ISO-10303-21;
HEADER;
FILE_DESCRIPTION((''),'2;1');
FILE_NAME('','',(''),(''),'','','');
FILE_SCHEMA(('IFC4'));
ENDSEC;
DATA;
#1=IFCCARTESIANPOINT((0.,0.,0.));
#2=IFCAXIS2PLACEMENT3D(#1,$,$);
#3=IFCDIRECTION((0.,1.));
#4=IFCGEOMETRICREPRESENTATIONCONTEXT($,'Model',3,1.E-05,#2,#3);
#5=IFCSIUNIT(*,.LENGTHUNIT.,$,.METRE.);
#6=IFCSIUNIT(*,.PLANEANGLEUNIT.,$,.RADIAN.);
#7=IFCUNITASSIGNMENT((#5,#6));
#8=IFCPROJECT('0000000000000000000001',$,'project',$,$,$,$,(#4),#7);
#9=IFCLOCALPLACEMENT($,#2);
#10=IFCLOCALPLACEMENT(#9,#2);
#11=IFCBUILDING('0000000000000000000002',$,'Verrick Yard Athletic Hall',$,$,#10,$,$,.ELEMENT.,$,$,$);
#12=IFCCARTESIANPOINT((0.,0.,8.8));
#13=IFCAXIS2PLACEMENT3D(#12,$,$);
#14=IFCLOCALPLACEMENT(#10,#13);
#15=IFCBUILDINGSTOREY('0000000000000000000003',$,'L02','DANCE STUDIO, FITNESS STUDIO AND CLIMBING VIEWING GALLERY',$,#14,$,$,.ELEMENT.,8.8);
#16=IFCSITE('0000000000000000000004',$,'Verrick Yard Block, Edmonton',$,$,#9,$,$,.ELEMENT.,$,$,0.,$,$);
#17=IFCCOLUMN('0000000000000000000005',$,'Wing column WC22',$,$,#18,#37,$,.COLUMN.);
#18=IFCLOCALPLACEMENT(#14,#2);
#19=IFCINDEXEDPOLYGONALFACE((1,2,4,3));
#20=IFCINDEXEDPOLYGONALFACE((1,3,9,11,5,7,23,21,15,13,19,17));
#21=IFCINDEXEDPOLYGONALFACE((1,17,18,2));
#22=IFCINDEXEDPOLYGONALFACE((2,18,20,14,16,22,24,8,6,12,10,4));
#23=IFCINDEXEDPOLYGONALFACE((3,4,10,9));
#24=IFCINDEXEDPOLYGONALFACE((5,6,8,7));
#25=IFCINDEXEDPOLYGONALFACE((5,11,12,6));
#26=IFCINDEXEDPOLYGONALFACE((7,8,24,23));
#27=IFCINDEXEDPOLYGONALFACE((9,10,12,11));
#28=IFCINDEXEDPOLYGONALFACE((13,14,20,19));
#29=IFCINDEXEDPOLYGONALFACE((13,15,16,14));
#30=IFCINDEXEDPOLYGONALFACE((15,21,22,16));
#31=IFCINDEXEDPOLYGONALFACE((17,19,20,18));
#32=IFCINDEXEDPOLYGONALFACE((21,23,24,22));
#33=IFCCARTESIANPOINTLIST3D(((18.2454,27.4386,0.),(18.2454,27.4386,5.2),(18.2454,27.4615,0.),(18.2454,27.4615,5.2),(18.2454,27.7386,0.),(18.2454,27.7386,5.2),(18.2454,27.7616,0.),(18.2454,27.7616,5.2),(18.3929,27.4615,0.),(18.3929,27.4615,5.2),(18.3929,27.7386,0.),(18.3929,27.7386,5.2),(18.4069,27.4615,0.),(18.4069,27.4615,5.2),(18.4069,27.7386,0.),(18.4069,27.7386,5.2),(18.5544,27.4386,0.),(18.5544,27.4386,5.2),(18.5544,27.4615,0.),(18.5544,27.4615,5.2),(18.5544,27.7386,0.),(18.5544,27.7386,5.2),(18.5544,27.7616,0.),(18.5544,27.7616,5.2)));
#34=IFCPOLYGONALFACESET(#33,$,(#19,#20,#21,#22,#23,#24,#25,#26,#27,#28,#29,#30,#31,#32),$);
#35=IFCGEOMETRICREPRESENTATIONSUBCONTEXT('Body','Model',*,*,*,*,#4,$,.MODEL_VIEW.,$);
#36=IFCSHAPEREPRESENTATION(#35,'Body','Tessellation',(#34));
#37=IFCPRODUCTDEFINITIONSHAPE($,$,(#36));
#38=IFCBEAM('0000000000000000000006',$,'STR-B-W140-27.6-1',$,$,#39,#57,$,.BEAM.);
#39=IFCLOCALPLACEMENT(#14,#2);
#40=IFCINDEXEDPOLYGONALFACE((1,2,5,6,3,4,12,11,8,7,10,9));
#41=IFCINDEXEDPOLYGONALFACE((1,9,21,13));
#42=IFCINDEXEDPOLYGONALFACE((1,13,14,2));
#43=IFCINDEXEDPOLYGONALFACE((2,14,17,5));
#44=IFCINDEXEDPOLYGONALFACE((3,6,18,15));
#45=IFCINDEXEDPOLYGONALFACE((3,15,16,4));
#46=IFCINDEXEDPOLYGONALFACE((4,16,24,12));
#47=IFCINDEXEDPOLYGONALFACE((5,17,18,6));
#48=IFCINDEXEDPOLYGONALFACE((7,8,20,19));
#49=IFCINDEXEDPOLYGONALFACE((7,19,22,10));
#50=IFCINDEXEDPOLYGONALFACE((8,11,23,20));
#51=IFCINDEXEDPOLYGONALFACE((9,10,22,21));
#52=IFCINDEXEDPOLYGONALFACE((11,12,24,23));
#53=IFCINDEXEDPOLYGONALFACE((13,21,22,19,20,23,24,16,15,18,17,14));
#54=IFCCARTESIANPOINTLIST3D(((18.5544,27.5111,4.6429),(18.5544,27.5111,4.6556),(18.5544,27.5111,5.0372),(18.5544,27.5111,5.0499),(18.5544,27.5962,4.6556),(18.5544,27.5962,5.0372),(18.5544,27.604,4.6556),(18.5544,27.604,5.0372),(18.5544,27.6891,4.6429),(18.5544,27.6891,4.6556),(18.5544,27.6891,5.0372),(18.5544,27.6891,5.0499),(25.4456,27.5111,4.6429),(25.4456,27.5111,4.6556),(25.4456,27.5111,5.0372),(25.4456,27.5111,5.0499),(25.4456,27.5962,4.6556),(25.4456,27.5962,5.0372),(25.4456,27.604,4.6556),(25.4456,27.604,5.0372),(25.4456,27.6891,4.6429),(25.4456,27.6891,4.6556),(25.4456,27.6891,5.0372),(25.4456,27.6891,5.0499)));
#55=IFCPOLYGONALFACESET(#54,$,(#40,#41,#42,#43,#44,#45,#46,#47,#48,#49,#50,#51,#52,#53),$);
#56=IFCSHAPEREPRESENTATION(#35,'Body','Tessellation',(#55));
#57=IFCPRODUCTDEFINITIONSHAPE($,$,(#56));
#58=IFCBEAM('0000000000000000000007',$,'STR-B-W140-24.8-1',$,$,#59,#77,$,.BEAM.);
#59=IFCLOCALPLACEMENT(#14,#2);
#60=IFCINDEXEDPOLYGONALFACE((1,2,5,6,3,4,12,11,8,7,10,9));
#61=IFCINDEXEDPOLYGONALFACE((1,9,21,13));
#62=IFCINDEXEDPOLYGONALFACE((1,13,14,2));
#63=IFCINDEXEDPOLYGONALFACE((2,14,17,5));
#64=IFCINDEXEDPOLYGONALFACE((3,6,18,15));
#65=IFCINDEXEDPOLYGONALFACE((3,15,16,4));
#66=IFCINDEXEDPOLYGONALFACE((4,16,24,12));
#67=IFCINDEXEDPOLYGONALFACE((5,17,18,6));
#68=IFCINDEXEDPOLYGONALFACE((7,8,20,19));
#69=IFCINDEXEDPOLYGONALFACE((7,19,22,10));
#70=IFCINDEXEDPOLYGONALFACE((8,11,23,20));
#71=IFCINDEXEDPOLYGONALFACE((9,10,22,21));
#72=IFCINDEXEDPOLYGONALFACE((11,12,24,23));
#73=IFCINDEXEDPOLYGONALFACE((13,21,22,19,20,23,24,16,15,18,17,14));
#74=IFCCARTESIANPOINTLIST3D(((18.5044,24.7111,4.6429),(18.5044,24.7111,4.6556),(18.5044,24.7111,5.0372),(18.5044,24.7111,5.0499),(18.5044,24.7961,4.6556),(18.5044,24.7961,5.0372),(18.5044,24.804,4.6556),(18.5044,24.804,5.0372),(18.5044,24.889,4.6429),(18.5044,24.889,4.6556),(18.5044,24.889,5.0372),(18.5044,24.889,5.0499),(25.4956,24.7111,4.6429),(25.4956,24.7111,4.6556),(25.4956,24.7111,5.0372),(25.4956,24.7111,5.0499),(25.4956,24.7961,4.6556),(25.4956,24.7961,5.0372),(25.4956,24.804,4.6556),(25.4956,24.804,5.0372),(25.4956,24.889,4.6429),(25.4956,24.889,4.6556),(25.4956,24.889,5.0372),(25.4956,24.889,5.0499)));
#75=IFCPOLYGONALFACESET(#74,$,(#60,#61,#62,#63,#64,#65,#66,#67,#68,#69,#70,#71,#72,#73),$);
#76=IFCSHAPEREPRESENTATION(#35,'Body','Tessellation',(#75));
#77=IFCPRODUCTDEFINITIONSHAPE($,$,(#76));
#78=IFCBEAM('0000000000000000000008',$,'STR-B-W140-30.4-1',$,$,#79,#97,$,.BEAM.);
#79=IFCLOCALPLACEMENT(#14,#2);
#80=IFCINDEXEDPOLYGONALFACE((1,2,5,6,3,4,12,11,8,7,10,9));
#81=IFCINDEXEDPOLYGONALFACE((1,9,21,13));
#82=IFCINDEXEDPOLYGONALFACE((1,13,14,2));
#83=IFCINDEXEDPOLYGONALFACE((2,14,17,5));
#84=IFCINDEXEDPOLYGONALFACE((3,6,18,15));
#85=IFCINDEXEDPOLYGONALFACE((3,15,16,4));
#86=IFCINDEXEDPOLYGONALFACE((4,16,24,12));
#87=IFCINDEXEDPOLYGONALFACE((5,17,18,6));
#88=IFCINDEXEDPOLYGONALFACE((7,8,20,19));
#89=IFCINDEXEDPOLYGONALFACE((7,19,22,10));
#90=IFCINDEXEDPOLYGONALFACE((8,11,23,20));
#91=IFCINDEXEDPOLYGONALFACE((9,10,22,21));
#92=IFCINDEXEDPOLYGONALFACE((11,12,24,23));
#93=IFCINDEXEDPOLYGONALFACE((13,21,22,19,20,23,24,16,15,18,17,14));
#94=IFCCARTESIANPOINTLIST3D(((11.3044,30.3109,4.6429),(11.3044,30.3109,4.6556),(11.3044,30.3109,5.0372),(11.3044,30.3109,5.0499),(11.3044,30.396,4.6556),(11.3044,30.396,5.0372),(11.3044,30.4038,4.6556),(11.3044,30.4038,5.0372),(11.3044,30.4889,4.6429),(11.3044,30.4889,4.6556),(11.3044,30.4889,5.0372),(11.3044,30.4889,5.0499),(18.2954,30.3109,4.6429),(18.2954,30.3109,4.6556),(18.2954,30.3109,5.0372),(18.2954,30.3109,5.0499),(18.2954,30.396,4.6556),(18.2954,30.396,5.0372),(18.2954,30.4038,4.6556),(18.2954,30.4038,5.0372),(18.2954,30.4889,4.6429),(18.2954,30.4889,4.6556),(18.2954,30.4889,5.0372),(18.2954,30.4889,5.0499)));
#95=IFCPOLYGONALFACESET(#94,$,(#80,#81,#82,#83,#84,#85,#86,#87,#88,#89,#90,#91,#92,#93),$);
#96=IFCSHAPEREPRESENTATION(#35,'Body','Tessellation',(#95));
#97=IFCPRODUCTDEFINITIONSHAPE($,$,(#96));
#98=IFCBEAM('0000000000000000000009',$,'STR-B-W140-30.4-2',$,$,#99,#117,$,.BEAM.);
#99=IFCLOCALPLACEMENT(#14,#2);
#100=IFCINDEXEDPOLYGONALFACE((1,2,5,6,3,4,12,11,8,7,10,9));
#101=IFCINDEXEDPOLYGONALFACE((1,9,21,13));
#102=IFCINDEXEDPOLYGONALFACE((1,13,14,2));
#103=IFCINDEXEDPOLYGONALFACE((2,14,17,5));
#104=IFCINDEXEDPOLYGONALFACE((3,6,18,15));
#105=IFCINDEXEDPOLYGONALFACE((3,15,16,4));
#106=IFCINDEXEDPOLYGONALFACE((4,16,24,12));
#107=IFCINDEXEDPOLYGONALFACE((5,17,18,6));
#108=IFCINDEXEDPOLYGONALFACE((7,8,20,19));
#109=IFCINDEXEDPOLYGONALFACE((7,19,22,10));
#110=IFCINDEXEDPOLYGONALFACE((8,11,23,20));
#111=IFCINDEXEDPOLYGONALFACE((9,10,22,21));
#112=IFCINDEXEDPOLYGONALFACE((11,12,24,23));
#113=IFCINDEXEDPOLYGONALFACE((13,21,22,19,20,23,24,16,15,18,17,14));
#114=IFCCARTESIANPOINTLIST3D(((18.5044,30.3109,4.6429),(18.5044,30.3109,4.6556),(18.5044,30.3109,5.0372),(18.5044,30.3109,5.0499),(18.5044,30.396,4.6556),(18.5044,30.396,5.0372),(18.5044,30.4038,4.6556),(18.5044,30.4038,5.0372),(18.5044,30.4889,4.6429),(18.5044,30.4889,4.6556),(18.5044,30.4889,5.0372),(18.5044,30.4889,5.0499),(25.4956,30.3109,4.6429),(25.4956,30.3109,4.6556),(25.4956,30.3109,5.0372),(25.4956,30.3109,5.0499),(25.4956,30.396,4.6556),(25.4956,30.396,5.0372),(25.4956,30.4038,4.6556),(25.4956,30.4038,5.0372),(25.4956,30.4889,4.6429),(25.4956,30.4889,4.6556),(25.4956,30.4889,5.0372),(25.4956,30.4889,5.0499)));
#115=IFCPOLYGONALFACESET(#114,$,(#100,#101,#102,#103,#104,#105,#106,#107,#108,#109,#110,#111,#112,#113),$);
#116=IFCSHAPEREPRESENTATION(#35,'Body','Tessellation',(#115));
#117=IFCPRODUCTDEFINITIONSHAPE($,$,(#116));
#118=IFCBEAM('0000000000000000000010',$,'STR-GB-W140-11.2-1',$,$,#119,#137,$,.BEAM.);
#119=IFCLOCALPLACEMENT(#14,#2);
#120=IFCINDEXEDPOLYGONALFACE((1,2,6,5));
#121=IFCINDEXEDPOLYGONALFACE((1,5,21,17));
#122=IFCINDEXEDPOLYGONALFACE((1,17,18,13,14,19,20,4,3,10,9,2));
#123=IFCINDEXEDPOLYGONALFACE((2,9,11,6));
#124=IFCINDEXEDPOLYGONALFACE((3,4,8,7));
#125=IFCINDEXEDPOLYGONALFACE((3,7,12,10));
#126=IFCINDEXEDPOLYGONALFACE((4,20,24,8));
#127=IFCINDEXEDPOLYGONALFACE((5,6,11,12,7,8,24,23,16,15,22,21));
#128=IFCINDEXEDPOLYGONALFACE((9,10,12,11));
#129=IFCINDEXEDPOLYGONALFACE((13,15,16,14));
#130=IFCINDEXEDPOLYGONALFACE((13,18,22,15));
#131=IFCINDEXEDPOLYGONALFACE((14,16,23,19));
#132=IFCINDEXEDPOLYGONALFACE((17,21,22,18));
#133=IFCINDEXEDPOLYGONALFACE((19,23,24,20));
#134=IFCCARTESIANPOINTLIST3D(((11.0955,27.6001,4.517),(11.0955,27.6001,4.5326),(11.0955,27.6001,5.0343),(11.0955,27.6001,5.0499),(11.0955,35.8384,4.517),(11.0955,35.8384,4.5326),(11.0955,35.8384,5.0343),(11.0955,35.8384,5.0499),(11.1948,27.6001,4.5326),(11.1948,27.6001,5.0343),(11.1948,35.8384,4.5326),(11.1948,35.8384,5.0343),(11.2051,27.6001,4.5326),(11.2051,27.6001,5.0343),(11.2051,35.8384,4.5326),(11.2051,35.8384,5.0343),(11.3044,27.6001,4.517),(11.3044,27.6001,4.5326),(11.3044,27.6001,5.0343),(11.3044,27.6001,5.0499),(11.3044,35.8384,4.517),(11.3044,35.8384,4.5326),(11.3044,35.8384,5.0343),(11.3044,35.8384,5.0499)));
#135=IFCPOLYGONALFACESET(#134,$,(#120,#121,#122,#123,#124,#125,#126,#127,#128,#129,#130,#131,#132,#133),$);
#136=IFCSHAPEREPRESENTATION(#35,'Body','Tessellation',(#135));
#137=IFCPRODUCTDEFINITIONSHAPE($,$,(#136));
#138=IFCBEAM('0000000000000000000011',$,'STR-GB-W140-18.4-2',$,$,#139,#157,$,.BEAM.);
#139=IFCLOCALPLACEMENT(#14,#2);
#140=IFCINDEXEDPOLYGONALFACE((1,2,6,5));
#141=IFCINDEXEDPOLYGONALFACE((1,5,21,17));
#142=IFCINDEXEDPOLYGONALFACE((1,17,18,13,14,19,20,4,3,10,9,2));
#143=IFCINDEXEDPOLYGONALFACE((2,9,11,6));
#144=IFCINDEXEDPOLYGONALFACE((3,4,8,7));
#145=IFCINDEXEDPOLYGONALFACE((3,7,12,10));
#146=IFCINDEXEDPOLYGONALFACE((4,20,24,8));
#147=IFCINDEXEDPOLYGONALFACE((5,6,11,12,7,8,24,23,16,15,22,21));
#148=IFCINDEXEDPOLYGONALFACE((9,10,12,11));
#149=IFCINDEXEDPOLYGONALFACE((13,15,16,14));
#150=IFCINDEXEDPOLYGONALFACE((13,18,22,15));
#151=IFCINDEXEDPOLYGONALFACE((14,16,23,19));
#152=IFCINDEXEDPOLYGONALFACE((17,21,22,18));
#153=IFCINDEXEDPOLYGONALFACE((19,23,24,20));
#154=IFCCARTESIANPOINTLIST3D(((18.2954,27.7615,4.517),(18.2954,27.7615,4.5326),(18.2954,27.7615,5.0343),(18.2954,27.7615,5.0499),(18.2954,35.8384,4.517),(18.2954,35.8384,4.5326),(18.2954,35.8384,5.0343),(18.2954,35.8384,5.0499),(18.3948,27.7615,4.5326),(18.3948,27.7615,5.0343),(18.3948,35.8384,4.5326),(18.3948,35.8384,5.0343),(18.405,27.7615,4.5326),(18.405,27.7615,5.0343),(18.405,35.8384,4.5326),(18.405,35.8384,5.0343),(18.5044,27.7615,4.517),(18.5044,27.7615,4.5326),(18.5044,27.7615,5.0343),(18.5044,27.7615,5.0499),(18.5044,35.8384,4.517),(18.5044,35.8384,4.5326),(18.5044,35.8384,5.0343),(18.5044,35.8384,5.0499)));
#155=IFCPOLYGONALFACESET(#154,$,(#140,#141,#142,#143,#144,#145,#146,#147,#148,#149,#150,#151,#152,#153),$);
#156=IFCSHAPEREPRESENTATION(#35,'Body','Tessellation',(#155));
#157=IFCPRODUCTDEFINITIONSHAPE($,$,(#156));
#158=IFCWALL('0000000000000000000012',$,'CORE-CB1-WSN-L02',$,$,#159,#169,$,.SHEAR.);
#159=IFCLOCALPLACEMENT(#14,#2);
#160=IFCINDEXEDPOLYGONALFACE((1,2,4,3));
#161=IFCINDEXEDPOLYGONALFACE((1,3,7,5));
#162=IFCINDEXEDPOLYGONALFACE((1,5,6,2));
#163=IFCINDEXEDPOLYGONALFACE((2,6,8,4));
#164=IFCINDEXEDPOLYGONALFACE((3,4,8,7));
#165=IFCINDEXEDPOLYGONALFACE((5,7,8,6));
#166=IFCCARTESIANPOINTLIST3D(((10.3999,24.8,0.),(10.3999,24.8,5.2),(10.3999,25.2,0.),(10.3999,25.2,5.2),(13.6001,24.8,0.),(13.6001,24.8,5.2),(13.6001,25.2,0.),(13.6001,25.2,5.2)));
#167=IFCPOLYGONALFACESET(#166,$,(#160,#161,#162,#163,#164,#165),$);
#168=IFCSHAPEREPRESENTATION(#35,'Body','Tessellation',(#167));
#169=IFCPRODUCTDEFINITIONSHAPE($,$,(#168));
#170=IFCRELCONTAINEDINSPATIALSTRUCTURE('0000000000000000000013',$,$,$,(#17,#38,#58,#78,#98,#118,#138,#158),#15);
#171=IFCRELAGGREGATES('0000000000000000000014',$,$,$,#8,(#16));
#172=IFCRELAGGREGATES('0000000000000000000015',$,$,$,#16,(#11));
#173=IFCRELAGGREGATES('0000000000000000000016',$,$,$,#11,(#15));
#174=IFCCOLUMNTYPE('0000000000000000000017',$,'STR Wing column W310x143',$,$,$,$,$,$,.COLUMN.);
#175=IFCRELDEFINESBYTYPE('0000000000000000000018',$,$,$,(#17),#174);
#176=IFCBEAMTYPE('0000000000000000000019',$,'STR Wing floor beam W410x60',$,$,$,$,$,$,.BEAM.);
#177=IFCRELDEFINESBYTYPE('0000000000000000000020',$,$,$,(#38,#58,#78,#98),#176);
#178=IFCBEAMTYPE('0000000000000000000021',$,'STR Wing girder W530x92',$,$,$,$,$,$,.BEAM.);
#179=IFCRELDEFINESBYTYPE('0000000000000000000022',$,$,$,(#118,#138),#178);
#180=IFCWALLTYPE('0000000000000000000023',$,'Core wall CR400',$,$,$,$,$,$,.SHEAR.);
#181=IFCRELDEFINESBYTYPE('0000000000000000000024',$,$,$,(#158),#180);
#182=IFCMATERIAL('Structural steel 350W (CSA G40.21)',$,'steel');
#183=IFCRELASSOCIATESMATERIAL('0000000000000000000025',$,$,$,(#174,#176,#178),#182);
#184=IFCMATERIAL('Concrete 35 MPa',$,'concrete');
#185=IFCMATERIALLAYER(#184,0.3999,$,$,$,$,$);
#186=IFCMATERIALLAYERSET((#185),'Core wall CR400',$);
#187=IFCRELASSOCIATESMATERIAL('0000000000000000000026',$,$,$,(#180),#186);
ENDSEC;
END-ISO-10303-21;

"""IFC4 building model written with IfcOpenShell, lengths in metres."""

from ifc_helpers import new_model, si_unit, direction, frame, frame_2d, origin, origin_2d, place, context, subcontext, project, spatial, rectangle, i_section, extrude, material, layer, layer_set, material_profile, profile_set, type_object, element, save


model = new_model("IFC4")

# Units and contexts
model_context = context("Model", 3, precision=1e-05, world=origin(), true_north=direction((0.0, 1.0)))
body_context = subcontext(model_context, "Body", "Model", "MODEL_VIEW")
ifc_project = project(units=[si_unit("LENGTHUNIT", "METRE"), si_unit("PLANEANGLEUNIT", "RADIAN")], contexts=[model_context])

# Site, building, storey
site_placement = place(None, origin())
site = spatial("IfcSite", under=ifc_project, at=site_placement, Name="Verrick Yard Block, Edmonton", CompositionType="ELEMENT", RefElevation=0.0)
building_placement = place(site_placement, origin())
building = spatial("IfcBuilding", under=site, at=building_placement, Name="Verrick Yard Athletic Hall", CompositionType="ELEMENT")
storey_placement = place(building_placement, frame((0.0, 0.0, 8.8)))
storey = spatial("IfcBuildingStorey", under=building, at=storey_placement, Name="L02", Description="DANCE STUDIO, FITNESS STUDIO AND CLIMBING VIEWING GALLERY", CompositionType="ELEMENT", Elevation=8.8)

# Column
ifc_material_1 = material(Name="Structural steel 350W (CSA G40.21)", Category="steel")
ifc_material_profile_1 = material_profile(ifc_material_1, i_section(OverallWidth=0.3091, OverallDepth=0.323, WebThickness=0.0139, FlangeThickness=0.0229, at=origin_2d()), Name="W310x143")
ifc_profile_set_1 = profile_set([ifc_material_profile_1], Name="Structural steel 350W (CSA G40.21)")
column_type = type_object("IfcColumnType", Name="STR Wing column W310x143", PredefinedType="COLUMN", material=ifc_profile_set_1)
column_placement = place(storey_placement, frame((18.3999, 27.6001, 0.0), z_axis=(0.0, 0.0, 1.0), x_axis=(1.0, 0.0, 0.0)))
element("IfcColumn", 1, at=column_placement, inside=storey, type_object=column_type, Name="Wing column WC22", PredefinedType="COLUMN", context=body_context, shape_type="SweptSolid", body=[
    extrude(i_section(OverallWidth=0.3091, OverallDepth=0.323, WebThickness=0.0139, FlangeThickness=0.0229, at=origin_2d()), origin(), (0.0, 0.0, 1.0), 5.2),
])

# Beams
ifc_material_profile_2 = material_profile(ifc_material_1, i_section(OverallWidth=0.178, OverallDepth=0.407, WebThickness=0.0078, FlangeThickness=0.0127, at=origin_2d()), Name="W410x60")
ifc_profile_set_2 = profile_set([ifc_material_profile_2], Name="Structural steel 350W (CSA G40.21)")
beam_type_1 = type_object("IfcBeamType", Name="STR Wing floor beam W410x60", PredefinedType="BEAM", material=ifc_profile_set_2)
beam_1_placement = place(storey_placement, frame((18.5544, 27.6001, 4.8464), z_axis=(1.0, 0.0, 0.0), x_axis=(0.0, 1.0, 0.0)))
element("IfcBeam", 2, at=beam_1_placement, inside=storey, type_object=beam_type_1, Name="STR-B-W140-27.6-1", PredefinedType="BEAM", context=body_context, shape_type="SweptSolid", body=[
    extrude(i_section(OverallWidth=0.178, OverallDepth=0.407, WebThickness=0.0078, FlangeThickness=0.0127, at=origin_2d()), origin(), (0.0, 0.0, 1.0), 6.8911),
])
beam_2_placement = place(storey_placement, frame((18.5044, 24.8, 4.8464), z_axis=(1.0, 0.0, 0.0), x_axis=(0.0, 1.0, 0.0)))
element("IfcBeam", 3, at=beam_2_placement, inside=storey, type_object=beam_type_1, Name="STR-B-W140-24.8-1", PredefinedType="BEAM", context=body_context, shape_type="SweptSolid", body=[
    extrude(i_section(OverallWidth=0.178, OverallDepth=0.407, WebThickness=0.0078, FlangeThickness=0.0127, at=origin_2d()), origin(), (0.0, 0.0, 1.0), 6.9912),
])
beam_3_placement = place(storey_placement, frame((11.3044, 30.3999, 4.8464), z_axis=(1.0, 0.0, 0.0), x_axis=(0.0, 1.0, 0.0)))
element("IfcBeam", 4, at=beam_3_placement, inside=storey, type_object=beam_type_1, Name="STR-B-W140-30.4-1", PredefinedType="BEAM", context=body_context, shape_type="SweptSolid", body=[
    extrude(i_section(OverallWidth=0.178, OverallDepth=0.407, WebThickness=0.0078, FlangeThickness=0.0127, at=origin_2d()), origin(), (0.0, 0.0, 1.0), 6.991),
])
beam_4_placement = place(storey_placement, frame((18.5044, 30.3999, 4.8464), z_axis=(1.0, 0.0, 0.0), x_axis=(0.0, 1.0, 0.0)))
element("IfcBeam", 5, at=beam_4_placement, inside=storey, type_object=beam_type_1, Name="STR-B-W140-30.4-2", PredefinedType="BEAM", context=body_context, shape_type="SweptSolid", body=[
    extrude(i_section(OverallWidth=0.178, OverallDepth=0.407, WebThickness=0.0078, FlangeThickness=0.0127, at=origin_2d()), origin(), (0.0, 0.0, 1.0), 6.9912),
])
ifc_material_profile_3 = material_profile(ifc_material_1, i_section(OverallWidth=0.209, OverallDepth=0.533, WebThickness=0.0103, FlangeThickness=0.0156, at=origin_2d()), Name="W530x92")
ifc_profile_set_3 = profile_set([ifc_material_profile_3], Name="Structural steel 350W (CSA G40.21)")
beam_type_2 = type_object("IfcBeamType", Name="STR Wing girder W530x92", PredefinedType="BEAM", material=ifc_profile_set_3)
beam_5_placement = place(storey_placement, frame((11.2, 27.6001, 4.7834), z_axis=(0.0, 1.0, 0.0), x_axis=(-1.0, 0.0, 0.0)))
element("IfcBeam", 6, at=beam_5_placement, inside=storey, type_object=beam_type_2, Name="STR-GB-W140-11.2-1", PredefinedType="BEAM", context=body_context, shape_type="SweptSolid", body=[
    extrude(i_section(OverallWidth=0.209, OverallDepth=0.533, WebThickness=0.0103, FlangeThickness=0.0156, at=origin_2d()), origin(), (0.0, 0.0, 1.0), 8.2383),
])
beam_6_placement = place(storey_placement, frame((18.3999, 27.7615, 4.7834), z_axis=(0.0, 1.0, 0.0), x_axis=(-1.0, 0.0, 0.0)))
element("IfcBeam", 7, at=beam_6_placement, inside=storey, type_object=beam_type_2, Name="STR-GB-W140-18.4-2", PredefinedType="BEAM", context=body_context, shape_type="SweptSolid", body=[
    extrude(i_section(OverallWidth=0.209, OverallDepth=0.533, WebThickness=0.0103, FlangeThickness=0.0156, at=origin_2d()), origin(), (0.0, 0.0, 1.0), 8.0769),
])

# Wall
ifc_material_2 = material(Name="Concrete 35 MPa", Category="concrete")
ifc_layer_1 = layer(ifc_material_2, 0.3999)
ifc_layer_set_1 = layer_set([ifc_layer_1], Name="Core wall CR400")
wall_type_1 = type_object("IfcWallType", Name="Core wall CR400", PredefinedType="SHEAR", material=ifc_layer_set_1)
wall_1_placement = place(storey_placement, frame((10.3999, 25.0, 0.0), z_axis=(0.0, 0.0, 1.0), x_axis=(1.0, 0.0, 0.0)))
element("IfcWall", 8, at=wall_1_placement, inside=storey, type_object=wall_type_1, Name="CORE-CB1-WSN-L02", PredefinedType="SHEAR", context=body_context, shape_type="SweptSolid", body=[
    extrude(rectangle(XDim=3.2002, YDim=0.3999, at=frame_2d((1.6001, 0.0))), origin(), (0.0, 0.0, 1.0), 5.2),
])

save(model, "model.ifc")
